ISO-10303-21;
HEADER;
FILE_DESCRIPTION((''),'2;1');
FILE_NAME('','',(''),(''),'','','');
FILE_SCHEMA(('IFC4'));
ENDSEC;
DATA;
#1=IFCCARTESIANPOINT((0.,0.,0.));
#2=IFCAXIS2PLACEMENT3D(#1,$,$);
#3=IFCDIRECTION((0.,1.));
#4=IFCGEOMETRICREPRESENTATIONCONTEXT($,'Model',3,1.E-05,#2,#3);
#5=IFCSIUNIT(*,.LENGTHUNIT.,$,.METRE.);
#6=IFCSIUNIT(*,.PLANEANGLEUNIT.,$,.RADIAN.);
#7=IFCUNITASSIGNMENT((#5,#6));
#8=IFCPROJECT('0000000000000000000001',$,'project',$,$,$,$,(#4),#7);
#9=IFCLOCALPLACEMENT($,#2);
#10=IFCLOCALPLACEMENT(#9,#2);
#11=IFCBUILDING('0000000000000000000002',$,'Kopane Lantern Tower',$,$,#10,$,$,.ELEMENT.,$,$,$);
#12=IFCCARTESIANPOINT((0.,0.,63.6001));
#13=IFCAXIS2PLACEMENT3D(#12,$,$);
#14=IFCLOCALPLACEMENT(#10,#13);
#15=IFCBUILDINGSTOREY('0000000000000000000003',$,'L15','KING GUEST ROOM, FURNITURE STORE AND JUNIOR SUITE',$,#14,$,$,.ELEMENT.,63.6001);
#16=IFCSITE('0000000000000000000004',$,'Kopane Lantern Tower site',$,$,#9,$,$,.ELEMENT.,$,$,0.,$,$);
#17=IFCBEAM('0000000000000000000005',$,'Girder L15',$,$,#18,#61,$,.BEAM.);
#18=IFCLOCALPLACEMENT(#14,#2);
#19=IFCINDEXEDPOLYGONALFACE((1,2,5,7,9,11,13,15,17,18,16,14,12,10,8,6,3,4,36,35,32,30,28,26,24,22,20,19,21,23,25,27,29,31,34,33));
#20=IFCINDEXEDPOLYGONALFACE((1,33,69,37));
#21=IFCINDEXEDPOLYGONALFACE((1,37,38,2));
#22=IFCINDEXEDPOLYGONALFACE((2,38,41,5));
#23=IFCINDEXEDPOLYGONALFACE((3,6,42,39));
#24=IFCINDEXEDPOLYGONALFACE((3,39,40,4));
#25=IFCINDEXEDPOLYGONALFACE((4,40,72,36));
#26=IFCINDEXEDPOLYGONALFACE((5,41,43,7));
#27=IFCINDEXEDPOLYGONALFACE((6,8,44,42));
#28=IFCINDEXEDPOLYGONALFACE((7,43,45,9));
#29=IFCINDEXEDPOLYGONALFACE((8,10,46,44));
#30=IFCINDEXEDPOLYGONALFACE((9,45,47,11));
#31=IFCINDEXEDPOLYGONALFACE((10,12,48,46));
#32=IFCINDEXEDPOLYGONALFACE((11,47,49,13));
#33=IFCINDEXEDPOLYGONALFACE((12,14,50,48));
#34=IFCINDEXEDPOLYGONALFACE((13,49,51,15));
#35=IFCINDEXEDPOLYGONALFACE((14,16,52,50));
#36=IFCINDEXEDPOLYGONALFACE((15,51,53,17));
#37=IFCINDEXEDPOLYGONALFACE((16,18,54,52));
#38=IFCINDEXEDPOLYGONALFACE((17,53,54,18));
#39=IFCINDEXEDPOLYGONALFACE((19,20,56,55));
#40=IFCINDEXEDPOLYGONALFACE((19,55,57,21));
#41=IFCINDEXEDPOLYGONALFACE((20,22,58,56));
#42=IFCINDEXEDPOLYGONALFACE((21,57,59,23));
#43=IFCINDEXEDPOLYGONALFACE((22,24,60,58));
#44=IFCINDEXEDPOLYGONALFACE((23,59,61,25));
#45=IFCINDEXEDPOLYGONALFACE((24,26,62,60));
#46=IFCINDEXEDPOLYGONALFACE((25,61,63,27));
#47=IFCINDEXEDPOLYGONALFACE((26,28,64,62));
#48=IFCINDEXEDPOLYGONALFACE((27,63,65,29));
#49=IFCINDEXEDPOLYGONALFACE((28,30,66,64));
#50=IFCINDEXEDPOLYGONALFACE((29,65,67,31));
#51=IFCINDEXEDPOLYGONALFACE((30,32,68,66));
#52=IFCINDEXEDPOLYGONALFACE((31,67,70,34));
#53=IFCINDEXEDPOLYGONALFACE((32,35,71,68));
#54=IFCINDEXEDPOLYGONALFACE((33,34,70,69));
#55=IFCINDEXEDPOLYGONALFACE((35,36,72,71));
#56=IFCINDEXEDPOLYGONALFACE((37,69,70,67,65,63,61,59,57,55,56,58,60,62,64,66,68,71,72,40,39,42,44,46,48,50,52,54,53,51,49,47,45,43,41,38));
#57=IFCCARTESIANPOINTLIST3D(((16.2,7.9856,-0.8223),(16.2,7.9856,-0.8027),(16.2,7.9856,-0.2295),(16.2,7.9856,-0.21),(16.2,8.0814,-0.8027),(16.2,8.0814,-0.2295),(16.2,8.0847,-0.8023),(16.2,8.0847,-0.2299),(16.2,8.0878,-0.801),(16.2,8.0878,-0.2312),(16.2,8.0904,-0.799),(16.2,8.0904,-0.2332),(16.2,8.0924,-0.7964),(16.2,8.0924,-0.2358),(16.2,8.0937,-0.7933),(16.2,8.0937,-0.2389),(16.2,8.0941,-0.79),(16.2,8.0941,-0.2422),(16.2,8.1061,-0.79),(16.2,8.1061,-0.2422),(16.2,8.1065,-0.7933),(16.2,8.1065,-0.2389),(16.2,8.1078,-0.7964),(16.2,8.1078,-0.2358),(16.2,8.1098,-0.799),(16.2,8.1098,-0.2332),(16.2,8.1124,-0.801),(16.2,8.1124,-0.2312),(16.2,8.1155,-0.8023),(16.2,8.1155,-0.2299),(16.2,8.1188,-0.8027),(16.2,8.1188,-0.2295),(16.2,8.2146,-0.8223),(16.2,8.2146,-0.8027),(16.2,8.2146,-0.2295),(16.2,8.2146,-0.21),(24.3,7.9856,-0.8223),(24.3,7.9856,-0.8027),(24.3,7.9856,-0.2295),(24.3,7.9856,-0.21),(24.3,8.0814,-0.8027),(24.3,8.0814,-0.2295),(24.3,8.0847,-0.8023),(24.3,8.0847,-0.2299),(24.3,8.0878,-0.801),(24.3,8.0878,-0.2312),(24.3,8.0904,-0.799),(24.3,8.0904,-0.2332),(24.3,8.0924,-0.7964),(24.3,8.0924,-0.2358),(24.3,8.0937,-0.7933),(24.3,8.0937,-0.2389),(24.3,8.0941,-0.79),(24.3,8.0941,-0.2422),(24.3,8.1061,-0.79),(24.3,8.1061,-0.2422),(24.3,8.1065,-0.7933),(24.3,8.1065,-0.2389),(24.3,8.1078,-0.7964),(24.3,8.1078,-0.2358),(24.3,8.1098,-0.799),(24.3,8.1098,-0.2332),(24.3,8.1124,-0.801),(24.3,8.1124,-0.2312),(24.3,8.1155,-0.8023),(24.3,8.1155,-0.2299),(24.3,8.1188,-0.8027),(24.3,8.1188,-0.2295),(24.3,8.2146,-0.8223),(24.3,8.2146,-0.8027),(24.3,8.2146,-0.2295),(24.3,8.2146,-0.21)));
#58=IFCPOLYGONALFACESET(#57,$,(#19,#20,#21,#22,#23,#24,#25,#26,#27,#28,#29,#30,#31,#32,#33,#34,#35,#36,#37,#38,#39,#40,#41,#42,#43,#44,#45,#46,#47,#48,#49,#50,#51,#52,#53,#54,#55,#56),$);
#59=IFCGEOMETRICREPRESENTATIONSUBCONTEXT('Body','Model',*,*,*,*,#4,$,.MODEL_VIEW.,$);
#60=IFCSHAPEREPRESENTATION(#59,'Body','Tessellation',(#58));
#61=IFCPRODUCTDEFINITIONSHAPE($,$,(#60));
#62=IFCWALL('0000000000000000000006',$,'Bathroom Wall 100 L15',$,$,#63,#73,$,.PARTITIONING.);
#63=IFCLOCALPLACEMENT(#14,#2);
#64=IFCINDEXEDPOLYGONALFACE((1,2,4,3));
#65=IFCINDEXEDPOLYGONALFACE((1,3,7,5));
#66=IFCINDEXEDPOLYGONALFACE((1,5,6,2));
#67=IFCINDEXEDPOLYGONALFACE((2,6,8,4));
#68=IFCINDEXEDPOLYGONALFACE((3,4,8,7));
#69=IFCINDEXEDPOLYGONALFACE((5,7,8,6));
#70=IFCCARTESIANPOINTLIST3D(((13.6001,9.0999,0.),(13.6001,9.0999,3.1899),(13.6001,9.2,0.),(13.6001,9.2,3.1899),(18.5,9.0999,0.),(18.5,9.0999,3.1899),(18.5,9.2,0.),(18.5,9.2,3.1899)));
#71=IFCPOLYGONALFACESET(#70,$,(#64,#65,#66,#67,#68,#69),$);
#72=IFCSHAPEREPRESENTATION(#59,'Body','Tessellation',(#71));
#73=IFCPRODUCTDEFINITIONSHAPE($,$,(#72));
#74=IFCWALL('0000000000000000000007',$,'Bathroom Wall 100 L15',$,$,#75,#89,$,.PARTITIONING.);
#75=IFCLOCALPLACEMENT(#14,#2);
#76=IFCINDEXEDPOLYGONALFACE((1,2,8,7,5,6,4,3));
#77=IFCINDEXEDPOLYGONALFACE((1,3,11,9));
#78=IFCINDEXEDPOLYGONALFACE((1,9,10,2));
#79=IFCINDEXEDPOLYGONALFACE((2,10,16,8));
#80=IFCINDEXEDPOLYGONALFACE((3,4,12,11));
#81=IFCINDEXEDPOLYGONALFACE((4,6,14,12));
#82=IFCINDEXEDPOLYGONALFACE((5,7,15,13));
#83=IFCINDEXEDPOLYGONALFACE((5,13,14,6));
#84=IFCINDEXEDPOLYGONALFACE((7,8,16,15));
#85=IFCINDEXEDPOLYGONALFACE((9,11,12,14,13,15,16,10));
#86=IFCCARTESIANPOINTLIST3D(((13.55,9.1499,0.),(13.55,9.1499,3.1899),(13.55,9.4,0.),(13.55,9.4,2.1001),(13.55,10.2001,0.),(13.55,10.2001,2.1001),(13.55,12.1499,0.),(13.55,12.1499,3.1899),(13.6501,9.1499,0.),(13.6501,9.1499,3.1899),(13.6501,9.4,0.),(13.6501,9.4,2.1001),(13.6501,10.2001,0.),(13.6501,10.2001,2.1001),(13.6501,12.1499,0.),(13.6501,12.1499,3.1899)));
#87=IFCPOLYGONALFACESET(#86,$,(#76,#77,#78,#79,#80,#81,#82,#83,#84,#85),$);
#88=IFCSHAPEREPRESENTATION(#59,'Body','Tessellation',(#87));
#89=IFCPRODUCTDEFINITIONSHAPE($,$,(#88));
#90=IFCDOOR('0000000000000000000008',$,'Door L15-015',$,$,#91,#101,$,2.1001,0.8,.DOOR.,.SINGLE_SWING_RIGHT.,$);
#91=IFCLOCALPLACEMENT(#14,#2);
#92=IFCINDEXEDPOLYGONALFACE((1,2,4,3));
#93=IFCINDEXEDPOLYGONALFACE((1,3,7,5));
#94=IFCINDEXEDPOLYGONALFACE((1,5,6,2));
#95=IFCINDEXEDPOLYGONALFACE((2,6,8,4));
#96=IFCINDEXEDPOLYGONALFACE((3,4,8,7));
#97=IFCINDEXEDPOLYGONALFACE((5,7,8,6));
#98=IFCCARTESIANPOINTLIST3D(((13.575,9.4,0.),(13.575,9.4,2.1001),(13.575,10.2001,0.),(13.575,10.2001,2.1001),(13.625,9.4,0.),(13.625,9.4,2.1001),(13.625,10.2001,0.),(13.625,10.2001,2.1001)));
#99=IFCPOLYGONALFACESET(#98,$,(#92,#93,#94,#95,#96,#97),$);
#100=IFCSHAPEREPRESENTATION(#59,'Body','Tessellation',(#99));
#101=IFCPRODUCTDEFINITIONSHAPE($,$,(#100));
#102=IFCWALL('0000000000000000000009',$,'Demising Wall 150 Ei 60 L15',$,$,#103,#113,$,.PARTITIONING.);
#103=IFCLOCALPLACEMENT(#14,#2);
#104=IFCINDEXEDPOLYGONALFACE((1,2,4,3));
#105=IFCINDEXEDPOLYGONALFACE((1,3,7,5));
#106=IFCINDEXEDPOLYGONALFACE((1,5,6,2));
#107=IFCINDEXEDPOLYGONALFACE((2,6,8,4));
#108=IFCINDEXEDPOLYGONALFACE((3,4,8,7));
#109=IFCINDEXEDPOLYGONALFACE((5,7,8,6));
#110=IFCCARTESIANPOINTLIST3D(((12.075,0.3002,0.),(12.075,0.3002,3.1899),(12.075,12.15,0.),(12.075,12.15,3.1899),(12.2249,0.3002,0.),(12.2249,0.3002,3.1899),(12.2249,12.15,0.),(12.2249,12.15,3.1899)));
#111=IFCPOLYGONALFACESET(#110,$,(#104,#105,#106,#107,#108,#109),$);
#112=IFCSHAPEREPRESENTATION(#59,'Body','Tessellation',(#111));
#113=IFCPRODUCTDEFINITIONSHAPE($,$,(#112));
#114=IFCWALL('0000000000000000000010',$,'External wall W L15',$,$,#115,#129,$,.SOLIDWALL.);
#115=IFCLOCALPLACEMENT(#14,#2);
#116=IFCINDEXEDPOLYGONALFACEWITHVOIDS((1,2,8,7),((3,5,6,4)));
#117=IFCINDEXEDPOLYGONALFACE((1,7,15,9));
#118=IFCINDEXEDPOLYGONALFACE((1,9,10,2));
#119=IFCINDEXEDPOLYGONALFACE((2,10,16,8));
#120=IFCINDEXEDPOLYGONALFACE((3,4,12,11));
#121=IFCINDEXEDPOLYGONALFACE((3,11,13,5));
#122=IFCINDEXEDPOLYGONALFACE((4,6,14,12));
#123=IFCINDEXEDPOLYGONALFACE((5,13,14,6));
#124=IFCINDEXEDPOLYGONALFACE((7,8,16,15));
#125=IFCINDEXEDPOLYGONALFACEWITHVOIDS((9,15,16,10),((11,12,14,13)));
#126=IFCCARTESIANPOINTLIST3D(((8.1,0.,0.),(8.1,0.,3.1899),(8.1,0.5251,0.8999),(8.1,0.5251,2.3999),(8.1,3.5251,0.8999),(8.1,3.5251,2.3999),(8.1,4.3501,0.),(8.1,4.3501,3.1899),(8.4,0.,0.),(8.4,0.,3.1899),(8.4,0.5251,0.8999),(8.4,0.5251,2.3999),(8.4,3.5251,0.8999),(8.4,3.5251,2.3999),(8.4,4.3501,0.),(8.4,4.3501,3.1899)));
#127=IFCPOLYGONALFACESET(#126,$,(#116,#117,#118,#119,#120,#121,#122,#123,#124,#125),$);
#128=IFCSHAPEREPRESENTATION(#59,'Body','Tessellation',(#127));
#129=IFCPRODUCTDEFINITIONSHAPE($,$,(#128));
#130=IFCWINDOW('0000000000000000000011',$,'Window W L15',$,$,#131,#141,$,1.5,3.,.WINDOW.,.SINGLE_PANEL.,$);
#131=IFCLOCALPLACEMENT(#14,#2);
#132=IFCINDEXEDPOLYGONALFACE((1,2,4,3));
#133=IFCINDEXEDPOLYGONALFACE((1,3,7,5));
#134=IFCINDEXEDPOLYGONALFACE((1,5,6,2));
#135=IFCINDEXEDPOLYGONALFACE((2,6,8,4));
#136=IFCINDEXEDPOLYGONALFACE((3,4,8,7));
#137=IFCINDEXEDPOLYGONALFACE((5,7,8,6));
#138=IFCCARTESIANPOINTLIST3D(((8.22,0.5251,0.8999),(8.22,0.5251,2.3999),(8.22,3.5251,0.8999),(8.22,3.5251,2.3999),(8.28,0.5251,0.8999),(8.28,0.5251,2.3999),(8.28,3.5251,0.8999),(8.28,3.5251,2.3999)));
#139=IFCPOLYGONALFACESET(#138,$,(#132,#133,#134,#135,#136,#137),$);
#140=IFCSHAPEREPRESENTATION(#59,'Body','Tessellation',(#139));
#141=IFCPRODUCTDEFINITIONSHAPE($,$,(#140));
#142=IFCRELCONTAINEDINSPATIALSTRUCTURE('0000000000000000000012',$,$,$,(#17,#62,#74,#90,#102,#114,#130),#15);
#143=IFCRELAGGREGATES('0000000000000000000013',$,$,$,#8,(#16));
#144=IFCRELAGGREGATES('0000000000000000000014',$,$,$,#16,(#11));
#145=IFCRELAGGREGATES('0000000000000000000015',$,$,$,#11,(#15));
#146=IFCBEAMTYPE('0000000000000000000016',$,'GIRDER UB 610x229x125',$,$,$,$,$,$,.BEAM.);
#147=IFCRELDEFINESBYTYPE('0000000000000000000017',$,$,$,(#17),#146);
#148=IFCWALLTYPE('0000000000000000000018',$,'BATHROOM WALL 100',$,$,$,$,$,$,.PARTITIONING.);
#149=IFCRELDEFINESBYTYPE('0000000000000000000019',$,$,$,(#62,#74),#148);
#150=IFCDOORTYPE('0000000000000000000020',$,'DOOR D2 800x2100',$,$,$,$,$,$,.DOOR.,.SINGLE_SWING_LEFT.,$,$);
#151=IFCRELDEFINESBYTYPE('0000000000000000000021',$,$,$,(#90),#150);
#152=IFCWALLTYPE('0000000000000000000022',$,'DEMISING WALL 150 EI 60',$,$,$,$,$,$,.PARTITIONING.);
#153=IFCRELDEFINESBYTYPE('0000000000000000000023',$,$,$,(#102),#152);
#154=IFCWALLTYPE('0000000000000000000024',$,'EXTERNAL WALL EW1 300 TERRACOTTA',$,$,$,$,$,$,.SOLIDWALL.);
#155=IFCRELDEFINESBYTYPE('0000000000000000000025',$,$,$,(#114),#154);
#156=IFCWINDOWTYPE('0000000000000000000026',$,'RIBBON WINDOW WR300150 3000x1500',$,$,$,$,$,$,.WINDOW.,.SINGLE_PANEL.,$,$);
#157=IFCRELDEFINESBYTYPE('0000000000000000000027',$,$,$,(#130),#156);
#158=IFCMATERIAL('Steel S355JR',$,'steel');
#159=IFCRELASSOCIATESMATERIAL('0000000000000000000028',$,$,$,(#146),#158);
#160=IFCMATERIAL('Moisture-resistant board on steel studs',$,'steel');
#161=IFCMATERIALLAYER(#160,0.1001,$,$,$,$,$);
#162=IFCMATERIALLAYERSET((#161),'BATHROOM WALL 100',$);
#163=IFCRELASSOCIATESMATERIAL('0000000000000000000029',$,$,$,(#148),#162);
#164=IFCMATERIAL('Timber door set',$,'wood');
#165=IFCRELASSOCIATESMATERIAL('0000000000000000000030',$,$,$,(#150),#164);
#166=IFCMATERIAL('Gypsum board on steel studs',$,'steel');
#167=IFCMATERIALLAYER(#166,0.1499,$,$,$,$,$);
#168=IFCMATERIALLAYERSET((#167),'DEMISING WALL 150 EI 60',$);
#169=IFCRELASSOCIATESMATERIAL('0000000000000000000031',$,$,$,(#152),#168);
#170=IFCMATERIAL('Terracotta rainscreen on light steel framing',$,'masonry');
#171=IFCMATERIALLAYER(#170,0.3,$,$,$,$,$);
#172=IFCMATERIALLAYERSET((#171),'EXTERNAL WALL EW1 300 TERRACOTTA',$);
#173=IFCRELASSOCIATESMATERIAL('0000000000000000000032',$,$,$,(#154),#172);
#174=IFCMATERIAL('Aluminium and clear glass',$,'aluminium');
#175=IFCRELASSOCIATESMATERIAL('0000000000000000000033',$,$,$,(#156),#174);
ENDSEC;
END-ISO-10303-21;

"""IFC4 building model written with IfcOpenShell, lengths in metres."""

from ifc_helpers import new_model, si_unit, direction, frame, frame_2d, origin, origin_2d, place, context, subcontext, project, spatial, rectangle, i_section, extrude, material, layer, layer_set, material_profile, profile_set, type_object, element, fill, save


model = new_model("IFC4")

# Units and contexts
model_context = context("Model", 3, precision=1e-05, world=origin(), true_north=direction((0.0, 1.0)))
body_context = subcontext(model_context, "Body", "Model", "MODEL_VIEW")
ifc_project = project(units=[si_unit("LENGTHUNIT", "METRE"), si_unit("PLANEANGLEUNIT", "RADIAN")], contexts=[model_context])

# Site, building, storey
site_placement = place(None, origin())
site = spatial("IfcSite", under=ifc_project, at=site_placement, Name="Kopane Lantern Tower site", CompositionType="ELEMENT", RefElevation=0.0)
building_placement = place(site_placement, origin())
building = spatial("IfcBuilding", under=site, at=building_placement, Name="Kopane Lantern Tower", CompositionType="ELEMENT")
storey_placement = place(building_placement, frame((0.0, 0.0, 63.6001)))
storey = spatial("IfcBuildingStorey", under=building, at=storey_placement, Name="L15", Description="KING GUEST ROOM, FURNITURE STORE AND JUNIOR SUITE", CompositionType="ELEMENT", Elevation=63.6001)

# Beam
ifc_material_1 = material(Name="Steel S355JR", Category="steel")
ifc_material_profile_1 = material_profile(ifc_material_1, i_section(OverallWidth=0.229, OverallDepth=0.6123, WebThickness=0.012, FlangeThickness=0.0195, FilletRadius=0.0127, at=origin_2d()), Name="UB 610x229x125")
ifc_profile_set_1 = profile_set([ifc_material_profile_1], Name="Steel S355JR")
beam_type = type_object("IfcBeamType", Name="GIRDER UB 610x229x125", PredefinedType="BEAM", material=ifc_profile_set_1)
beam_1_placement = place(storey_placement, frame((16.2, 8.1001, -0.5161), z_axis=(1.0, 0.0, 0.0), x_axis=(0.0, 1.0, 0.0)))
element("IfcBeam", 1, at=beam_1_placement, inside=storey, type_object=beam_type, Name="Girder L15", PredefinedType="BEAM", context=body_context, shape_type="SweptSolid", body=[
    extrude(i_section(OverallWidth=0.229, OverallDepth=0.6123, WebThickness=0.012, FlangeThickness=0.0195, FilletRadius=0.0127, at=origin_2d()), origin(), (0.0, 0.0, 1.0), 8.1001),
])

# Wall
ifc_material_2 = material(Name="Moisture-resistant board on steel studs", Category="steel")
ifc_layer_1 = layer(ifc_material_2, 0.1001)
ifc_layer_set_1 = layer_set([ifc_layer_1], Name="BATHROOM WALL 100")
wall_type_1 = type_object("IfcWallType", Name="BATHROOM WALL 100", PredefinedType="PARTITIONING", material=ifc_layer_set_1)
wall_1_placement = place(storey_placement, frame((13.6001, 9.1499, 0.0), z_axis=(0.0, 0.0, 1.0), x_axis=(1.0, 0.0, 0.0)))
element("IfcWall", 2, at=wall_1_placement, inside=storey, type_object=wall_type_1, Name="Bathroom Wall 100 L15", PredefinedType="PARTITIONING", context=body_context, shape_type="SweptSolid", body=[
    extrude(rectangle(XDim=4.8999, YDim=0.1001, at=frame_2d((2.45, 0.0))), origin(), (0.0, 0.0, 1.0), 3.1899),
])

# Wall, opening, door
wall_2_placement = place(storey_placement, frame((13.6001, 12.1499, 0.0), z_axis=(0.0, 0.0, 1.0), x_axis=(0.0, -1.0, 0.0)))
wall_2 = element("IfcWall", 3, at=wall_2_placement, inside=storey, type_object=wall_type_1, Name="Bathroom Wall 100 L15", PredefinedType="PARTITIONING", context=body_context, shape_type="SweptSolid", body=[
    extrude(rectangle(XDim=3.0, YDim=0.1001, at=frame_2d((1.5, 0.0))), origin(), (0.0, 0.0, 1.0), 3.1899),
])
opening_1_placement = place(wall_2_placement, frame((1.95, 0.0, 0.0)))
opening_1 = element("IfcOpeningElement", 4, at=opening_1_placement, cuts=wall_2, PredefinedType="OPENING", context=body_context, shape_type="SweptSolid", body=[
    extrude(rectangle(XDim=0.8, YDim=2.1001, at=frame_2d((0.3999, 1.05))), frame((0.0, 0.0601, 0.0), z_axis=(0.0, -1.0, 0.0), x_axis=(1.0, 0.0, 0.0)), (0.0, 0.0, 1.0), 0.1201),
])
ifc_material_3 = material(Name="Timber door set", Category="wood")
door_type = type_object("IfcDoorType", Name="DOOR D2 800x2100", OperationType="SINGLE_SWING_LEFT", PredefinedType="DOOR", material=ifc_material_3)
door_placement = place(opening_1_placement, origin())
door = element("IfcDoor", 5, at=door_placement, inside=storey, type_object=door_type, Name="Door L15-015", OperationType="SINGLE_SWING_RIGHT", OverallHeight=2.1001, OverallWidth=0.8, PredefinedType="DOOR", context=body_context, shape_type="SweptSolid", body=[
    extrude(rectangle(XDim=0.8, YDim=2.1001, at=frame_2d((0.3999, 1.05))), frame((0.0, 0.0249, 0.0), z_axis=(0.0, -1.0, 0.0), x_axis=(1.0, 0.0, 0.0)), (0.0, 0.0, 1.0), 0.05),
])
fill(opening_1, door)

# Wall
ifc_material_4 = material(Name="Gypsum board on steel studs", Category="steel")
ifc_layer_2 = layer(ifc_material_4, 0.1499)
ifc_layer_set_2 = layer_set([ifc_layer_2], Name="DEMISING WALL 150 EI 60")
wall_type_2 = type_object("IfcWallType", Name="DEMISING WALL 150 EI 60", PredefinedType="PARTITIONING", material=ifc_layer_set_2)
wall_3_placement = place(storey_placement, frame((12.1499, 12.1499, 0.0), z_axis=(0.0, 0.0, 1.0), x_axis=(0.0, -1.0, 0.0)))
element("IfcWall", 6, at=wall_3_placement, inside=storey, type_object=wall_type_2, Name="Demising Wall 150 Ei 60 L15", PredefinedType="PARTITIONING", context=body_context, shape_type="SweptSolid", body=[
    extrude(rectangle(XDim=11.8499, YDim=0.1499, at=frame_2d((5.9248, 0.0))), origin(), (0.0, 0.0, 1.0), 3.1899),
])

# Shared definitions
ifc_material_5 = material(Name="Terracotta rainscreen on light steel framing", Category="masonry")
ifc_layer_3 = layer(ifc_material_5, 0.3)
ifc_layer_set_3 = layer_set([ifc_layer_3], Name="EXTERNAL WALL EW1 300 TERRACOTTA")
wall_type_3 = type_object("IfcWallType", Name="EXTERNAL WALL EW1 300 TERRACOTTA", PredefinedType="SOLIDWALL", material=ifc_layer_set_3)

# Wall, opening, window
wall_4_placement = place(storey_placement, frame((8.25, 4.3501, 0.0), z_axis=(0.0, 0.0, 1.0), x_axis=(0.0, -1.0, 0.0)))
wall_4 = element("IfcWall", 7, at=wall_4_placement, inside=storey, type_object=wall_type_3, Name="External wall W L15", PredefinedType="SOLIDWALL", context=body_context, shape_type="SweptSolid", body=[
    extrude(rectangle(XDim=4.3501, YDim=0.3, at=frame_2d((2.175, 0.0))), origin(), (0.0, 0.0, 1.0), 3.1899),
])
opening_2_placement = place(wall_4_placement, frame((0.825, 0.0, 0.8999)))
opening_2 = element("IfcOpeningElement", 8, at=opening_2_placement, cuts=wall_4, PredefinedType="OPENING", context=body_context, shape_type="SweptSolid", body=[
    extrude(rectangle(XDim=3.0, YDim=1.5, at=frame_2d((1.5, 0.75))), frame((0.0, 0.1599, 0.0), z_axis=(0.0, -1.0, 0.0), x_axis=(1.0, 0.0, 0.0)), (0.0, 0.0, 1.0), 0.3201),
])
ifc_material_6 = material(Name="Aluminium and clear glass", Category="aluminium")
window_type_1 = type_object("IfcWindowType", Name="RIBBON WINDOW WR300150 3000x1500", PartitioningType="SINGLE_PANEL", PredefinedType="WINDOW", material=ifc_material_6)
window_1_placement = place(opening_2_placement, origin())
window_1 = element("IfcWindow", 9, at=window_1_placement, inside=storey, type_object=window_type_1, Name="Window W L15", OverallHeight=1.5, OverallWidth=3.0, PartitioningType="SINGLE_PANEL", PredefinedType="WINDOW", context=body_context, shape_type="SweptSolid", body=[
    extrude(rectangle(XDim=3.0, YDim=1.5, at=frame_2d((1.5, 0.75))), frame((0.0, 0.03, 0.0), z_axis=(0.0, -1.0, 0.0), x_axis=(1.0, 0.0, 0.0)), (0.0, 0.0, 1.0), 0.0601),
])
fill(opening_2, window_1)

save(model, "model.ifc")
